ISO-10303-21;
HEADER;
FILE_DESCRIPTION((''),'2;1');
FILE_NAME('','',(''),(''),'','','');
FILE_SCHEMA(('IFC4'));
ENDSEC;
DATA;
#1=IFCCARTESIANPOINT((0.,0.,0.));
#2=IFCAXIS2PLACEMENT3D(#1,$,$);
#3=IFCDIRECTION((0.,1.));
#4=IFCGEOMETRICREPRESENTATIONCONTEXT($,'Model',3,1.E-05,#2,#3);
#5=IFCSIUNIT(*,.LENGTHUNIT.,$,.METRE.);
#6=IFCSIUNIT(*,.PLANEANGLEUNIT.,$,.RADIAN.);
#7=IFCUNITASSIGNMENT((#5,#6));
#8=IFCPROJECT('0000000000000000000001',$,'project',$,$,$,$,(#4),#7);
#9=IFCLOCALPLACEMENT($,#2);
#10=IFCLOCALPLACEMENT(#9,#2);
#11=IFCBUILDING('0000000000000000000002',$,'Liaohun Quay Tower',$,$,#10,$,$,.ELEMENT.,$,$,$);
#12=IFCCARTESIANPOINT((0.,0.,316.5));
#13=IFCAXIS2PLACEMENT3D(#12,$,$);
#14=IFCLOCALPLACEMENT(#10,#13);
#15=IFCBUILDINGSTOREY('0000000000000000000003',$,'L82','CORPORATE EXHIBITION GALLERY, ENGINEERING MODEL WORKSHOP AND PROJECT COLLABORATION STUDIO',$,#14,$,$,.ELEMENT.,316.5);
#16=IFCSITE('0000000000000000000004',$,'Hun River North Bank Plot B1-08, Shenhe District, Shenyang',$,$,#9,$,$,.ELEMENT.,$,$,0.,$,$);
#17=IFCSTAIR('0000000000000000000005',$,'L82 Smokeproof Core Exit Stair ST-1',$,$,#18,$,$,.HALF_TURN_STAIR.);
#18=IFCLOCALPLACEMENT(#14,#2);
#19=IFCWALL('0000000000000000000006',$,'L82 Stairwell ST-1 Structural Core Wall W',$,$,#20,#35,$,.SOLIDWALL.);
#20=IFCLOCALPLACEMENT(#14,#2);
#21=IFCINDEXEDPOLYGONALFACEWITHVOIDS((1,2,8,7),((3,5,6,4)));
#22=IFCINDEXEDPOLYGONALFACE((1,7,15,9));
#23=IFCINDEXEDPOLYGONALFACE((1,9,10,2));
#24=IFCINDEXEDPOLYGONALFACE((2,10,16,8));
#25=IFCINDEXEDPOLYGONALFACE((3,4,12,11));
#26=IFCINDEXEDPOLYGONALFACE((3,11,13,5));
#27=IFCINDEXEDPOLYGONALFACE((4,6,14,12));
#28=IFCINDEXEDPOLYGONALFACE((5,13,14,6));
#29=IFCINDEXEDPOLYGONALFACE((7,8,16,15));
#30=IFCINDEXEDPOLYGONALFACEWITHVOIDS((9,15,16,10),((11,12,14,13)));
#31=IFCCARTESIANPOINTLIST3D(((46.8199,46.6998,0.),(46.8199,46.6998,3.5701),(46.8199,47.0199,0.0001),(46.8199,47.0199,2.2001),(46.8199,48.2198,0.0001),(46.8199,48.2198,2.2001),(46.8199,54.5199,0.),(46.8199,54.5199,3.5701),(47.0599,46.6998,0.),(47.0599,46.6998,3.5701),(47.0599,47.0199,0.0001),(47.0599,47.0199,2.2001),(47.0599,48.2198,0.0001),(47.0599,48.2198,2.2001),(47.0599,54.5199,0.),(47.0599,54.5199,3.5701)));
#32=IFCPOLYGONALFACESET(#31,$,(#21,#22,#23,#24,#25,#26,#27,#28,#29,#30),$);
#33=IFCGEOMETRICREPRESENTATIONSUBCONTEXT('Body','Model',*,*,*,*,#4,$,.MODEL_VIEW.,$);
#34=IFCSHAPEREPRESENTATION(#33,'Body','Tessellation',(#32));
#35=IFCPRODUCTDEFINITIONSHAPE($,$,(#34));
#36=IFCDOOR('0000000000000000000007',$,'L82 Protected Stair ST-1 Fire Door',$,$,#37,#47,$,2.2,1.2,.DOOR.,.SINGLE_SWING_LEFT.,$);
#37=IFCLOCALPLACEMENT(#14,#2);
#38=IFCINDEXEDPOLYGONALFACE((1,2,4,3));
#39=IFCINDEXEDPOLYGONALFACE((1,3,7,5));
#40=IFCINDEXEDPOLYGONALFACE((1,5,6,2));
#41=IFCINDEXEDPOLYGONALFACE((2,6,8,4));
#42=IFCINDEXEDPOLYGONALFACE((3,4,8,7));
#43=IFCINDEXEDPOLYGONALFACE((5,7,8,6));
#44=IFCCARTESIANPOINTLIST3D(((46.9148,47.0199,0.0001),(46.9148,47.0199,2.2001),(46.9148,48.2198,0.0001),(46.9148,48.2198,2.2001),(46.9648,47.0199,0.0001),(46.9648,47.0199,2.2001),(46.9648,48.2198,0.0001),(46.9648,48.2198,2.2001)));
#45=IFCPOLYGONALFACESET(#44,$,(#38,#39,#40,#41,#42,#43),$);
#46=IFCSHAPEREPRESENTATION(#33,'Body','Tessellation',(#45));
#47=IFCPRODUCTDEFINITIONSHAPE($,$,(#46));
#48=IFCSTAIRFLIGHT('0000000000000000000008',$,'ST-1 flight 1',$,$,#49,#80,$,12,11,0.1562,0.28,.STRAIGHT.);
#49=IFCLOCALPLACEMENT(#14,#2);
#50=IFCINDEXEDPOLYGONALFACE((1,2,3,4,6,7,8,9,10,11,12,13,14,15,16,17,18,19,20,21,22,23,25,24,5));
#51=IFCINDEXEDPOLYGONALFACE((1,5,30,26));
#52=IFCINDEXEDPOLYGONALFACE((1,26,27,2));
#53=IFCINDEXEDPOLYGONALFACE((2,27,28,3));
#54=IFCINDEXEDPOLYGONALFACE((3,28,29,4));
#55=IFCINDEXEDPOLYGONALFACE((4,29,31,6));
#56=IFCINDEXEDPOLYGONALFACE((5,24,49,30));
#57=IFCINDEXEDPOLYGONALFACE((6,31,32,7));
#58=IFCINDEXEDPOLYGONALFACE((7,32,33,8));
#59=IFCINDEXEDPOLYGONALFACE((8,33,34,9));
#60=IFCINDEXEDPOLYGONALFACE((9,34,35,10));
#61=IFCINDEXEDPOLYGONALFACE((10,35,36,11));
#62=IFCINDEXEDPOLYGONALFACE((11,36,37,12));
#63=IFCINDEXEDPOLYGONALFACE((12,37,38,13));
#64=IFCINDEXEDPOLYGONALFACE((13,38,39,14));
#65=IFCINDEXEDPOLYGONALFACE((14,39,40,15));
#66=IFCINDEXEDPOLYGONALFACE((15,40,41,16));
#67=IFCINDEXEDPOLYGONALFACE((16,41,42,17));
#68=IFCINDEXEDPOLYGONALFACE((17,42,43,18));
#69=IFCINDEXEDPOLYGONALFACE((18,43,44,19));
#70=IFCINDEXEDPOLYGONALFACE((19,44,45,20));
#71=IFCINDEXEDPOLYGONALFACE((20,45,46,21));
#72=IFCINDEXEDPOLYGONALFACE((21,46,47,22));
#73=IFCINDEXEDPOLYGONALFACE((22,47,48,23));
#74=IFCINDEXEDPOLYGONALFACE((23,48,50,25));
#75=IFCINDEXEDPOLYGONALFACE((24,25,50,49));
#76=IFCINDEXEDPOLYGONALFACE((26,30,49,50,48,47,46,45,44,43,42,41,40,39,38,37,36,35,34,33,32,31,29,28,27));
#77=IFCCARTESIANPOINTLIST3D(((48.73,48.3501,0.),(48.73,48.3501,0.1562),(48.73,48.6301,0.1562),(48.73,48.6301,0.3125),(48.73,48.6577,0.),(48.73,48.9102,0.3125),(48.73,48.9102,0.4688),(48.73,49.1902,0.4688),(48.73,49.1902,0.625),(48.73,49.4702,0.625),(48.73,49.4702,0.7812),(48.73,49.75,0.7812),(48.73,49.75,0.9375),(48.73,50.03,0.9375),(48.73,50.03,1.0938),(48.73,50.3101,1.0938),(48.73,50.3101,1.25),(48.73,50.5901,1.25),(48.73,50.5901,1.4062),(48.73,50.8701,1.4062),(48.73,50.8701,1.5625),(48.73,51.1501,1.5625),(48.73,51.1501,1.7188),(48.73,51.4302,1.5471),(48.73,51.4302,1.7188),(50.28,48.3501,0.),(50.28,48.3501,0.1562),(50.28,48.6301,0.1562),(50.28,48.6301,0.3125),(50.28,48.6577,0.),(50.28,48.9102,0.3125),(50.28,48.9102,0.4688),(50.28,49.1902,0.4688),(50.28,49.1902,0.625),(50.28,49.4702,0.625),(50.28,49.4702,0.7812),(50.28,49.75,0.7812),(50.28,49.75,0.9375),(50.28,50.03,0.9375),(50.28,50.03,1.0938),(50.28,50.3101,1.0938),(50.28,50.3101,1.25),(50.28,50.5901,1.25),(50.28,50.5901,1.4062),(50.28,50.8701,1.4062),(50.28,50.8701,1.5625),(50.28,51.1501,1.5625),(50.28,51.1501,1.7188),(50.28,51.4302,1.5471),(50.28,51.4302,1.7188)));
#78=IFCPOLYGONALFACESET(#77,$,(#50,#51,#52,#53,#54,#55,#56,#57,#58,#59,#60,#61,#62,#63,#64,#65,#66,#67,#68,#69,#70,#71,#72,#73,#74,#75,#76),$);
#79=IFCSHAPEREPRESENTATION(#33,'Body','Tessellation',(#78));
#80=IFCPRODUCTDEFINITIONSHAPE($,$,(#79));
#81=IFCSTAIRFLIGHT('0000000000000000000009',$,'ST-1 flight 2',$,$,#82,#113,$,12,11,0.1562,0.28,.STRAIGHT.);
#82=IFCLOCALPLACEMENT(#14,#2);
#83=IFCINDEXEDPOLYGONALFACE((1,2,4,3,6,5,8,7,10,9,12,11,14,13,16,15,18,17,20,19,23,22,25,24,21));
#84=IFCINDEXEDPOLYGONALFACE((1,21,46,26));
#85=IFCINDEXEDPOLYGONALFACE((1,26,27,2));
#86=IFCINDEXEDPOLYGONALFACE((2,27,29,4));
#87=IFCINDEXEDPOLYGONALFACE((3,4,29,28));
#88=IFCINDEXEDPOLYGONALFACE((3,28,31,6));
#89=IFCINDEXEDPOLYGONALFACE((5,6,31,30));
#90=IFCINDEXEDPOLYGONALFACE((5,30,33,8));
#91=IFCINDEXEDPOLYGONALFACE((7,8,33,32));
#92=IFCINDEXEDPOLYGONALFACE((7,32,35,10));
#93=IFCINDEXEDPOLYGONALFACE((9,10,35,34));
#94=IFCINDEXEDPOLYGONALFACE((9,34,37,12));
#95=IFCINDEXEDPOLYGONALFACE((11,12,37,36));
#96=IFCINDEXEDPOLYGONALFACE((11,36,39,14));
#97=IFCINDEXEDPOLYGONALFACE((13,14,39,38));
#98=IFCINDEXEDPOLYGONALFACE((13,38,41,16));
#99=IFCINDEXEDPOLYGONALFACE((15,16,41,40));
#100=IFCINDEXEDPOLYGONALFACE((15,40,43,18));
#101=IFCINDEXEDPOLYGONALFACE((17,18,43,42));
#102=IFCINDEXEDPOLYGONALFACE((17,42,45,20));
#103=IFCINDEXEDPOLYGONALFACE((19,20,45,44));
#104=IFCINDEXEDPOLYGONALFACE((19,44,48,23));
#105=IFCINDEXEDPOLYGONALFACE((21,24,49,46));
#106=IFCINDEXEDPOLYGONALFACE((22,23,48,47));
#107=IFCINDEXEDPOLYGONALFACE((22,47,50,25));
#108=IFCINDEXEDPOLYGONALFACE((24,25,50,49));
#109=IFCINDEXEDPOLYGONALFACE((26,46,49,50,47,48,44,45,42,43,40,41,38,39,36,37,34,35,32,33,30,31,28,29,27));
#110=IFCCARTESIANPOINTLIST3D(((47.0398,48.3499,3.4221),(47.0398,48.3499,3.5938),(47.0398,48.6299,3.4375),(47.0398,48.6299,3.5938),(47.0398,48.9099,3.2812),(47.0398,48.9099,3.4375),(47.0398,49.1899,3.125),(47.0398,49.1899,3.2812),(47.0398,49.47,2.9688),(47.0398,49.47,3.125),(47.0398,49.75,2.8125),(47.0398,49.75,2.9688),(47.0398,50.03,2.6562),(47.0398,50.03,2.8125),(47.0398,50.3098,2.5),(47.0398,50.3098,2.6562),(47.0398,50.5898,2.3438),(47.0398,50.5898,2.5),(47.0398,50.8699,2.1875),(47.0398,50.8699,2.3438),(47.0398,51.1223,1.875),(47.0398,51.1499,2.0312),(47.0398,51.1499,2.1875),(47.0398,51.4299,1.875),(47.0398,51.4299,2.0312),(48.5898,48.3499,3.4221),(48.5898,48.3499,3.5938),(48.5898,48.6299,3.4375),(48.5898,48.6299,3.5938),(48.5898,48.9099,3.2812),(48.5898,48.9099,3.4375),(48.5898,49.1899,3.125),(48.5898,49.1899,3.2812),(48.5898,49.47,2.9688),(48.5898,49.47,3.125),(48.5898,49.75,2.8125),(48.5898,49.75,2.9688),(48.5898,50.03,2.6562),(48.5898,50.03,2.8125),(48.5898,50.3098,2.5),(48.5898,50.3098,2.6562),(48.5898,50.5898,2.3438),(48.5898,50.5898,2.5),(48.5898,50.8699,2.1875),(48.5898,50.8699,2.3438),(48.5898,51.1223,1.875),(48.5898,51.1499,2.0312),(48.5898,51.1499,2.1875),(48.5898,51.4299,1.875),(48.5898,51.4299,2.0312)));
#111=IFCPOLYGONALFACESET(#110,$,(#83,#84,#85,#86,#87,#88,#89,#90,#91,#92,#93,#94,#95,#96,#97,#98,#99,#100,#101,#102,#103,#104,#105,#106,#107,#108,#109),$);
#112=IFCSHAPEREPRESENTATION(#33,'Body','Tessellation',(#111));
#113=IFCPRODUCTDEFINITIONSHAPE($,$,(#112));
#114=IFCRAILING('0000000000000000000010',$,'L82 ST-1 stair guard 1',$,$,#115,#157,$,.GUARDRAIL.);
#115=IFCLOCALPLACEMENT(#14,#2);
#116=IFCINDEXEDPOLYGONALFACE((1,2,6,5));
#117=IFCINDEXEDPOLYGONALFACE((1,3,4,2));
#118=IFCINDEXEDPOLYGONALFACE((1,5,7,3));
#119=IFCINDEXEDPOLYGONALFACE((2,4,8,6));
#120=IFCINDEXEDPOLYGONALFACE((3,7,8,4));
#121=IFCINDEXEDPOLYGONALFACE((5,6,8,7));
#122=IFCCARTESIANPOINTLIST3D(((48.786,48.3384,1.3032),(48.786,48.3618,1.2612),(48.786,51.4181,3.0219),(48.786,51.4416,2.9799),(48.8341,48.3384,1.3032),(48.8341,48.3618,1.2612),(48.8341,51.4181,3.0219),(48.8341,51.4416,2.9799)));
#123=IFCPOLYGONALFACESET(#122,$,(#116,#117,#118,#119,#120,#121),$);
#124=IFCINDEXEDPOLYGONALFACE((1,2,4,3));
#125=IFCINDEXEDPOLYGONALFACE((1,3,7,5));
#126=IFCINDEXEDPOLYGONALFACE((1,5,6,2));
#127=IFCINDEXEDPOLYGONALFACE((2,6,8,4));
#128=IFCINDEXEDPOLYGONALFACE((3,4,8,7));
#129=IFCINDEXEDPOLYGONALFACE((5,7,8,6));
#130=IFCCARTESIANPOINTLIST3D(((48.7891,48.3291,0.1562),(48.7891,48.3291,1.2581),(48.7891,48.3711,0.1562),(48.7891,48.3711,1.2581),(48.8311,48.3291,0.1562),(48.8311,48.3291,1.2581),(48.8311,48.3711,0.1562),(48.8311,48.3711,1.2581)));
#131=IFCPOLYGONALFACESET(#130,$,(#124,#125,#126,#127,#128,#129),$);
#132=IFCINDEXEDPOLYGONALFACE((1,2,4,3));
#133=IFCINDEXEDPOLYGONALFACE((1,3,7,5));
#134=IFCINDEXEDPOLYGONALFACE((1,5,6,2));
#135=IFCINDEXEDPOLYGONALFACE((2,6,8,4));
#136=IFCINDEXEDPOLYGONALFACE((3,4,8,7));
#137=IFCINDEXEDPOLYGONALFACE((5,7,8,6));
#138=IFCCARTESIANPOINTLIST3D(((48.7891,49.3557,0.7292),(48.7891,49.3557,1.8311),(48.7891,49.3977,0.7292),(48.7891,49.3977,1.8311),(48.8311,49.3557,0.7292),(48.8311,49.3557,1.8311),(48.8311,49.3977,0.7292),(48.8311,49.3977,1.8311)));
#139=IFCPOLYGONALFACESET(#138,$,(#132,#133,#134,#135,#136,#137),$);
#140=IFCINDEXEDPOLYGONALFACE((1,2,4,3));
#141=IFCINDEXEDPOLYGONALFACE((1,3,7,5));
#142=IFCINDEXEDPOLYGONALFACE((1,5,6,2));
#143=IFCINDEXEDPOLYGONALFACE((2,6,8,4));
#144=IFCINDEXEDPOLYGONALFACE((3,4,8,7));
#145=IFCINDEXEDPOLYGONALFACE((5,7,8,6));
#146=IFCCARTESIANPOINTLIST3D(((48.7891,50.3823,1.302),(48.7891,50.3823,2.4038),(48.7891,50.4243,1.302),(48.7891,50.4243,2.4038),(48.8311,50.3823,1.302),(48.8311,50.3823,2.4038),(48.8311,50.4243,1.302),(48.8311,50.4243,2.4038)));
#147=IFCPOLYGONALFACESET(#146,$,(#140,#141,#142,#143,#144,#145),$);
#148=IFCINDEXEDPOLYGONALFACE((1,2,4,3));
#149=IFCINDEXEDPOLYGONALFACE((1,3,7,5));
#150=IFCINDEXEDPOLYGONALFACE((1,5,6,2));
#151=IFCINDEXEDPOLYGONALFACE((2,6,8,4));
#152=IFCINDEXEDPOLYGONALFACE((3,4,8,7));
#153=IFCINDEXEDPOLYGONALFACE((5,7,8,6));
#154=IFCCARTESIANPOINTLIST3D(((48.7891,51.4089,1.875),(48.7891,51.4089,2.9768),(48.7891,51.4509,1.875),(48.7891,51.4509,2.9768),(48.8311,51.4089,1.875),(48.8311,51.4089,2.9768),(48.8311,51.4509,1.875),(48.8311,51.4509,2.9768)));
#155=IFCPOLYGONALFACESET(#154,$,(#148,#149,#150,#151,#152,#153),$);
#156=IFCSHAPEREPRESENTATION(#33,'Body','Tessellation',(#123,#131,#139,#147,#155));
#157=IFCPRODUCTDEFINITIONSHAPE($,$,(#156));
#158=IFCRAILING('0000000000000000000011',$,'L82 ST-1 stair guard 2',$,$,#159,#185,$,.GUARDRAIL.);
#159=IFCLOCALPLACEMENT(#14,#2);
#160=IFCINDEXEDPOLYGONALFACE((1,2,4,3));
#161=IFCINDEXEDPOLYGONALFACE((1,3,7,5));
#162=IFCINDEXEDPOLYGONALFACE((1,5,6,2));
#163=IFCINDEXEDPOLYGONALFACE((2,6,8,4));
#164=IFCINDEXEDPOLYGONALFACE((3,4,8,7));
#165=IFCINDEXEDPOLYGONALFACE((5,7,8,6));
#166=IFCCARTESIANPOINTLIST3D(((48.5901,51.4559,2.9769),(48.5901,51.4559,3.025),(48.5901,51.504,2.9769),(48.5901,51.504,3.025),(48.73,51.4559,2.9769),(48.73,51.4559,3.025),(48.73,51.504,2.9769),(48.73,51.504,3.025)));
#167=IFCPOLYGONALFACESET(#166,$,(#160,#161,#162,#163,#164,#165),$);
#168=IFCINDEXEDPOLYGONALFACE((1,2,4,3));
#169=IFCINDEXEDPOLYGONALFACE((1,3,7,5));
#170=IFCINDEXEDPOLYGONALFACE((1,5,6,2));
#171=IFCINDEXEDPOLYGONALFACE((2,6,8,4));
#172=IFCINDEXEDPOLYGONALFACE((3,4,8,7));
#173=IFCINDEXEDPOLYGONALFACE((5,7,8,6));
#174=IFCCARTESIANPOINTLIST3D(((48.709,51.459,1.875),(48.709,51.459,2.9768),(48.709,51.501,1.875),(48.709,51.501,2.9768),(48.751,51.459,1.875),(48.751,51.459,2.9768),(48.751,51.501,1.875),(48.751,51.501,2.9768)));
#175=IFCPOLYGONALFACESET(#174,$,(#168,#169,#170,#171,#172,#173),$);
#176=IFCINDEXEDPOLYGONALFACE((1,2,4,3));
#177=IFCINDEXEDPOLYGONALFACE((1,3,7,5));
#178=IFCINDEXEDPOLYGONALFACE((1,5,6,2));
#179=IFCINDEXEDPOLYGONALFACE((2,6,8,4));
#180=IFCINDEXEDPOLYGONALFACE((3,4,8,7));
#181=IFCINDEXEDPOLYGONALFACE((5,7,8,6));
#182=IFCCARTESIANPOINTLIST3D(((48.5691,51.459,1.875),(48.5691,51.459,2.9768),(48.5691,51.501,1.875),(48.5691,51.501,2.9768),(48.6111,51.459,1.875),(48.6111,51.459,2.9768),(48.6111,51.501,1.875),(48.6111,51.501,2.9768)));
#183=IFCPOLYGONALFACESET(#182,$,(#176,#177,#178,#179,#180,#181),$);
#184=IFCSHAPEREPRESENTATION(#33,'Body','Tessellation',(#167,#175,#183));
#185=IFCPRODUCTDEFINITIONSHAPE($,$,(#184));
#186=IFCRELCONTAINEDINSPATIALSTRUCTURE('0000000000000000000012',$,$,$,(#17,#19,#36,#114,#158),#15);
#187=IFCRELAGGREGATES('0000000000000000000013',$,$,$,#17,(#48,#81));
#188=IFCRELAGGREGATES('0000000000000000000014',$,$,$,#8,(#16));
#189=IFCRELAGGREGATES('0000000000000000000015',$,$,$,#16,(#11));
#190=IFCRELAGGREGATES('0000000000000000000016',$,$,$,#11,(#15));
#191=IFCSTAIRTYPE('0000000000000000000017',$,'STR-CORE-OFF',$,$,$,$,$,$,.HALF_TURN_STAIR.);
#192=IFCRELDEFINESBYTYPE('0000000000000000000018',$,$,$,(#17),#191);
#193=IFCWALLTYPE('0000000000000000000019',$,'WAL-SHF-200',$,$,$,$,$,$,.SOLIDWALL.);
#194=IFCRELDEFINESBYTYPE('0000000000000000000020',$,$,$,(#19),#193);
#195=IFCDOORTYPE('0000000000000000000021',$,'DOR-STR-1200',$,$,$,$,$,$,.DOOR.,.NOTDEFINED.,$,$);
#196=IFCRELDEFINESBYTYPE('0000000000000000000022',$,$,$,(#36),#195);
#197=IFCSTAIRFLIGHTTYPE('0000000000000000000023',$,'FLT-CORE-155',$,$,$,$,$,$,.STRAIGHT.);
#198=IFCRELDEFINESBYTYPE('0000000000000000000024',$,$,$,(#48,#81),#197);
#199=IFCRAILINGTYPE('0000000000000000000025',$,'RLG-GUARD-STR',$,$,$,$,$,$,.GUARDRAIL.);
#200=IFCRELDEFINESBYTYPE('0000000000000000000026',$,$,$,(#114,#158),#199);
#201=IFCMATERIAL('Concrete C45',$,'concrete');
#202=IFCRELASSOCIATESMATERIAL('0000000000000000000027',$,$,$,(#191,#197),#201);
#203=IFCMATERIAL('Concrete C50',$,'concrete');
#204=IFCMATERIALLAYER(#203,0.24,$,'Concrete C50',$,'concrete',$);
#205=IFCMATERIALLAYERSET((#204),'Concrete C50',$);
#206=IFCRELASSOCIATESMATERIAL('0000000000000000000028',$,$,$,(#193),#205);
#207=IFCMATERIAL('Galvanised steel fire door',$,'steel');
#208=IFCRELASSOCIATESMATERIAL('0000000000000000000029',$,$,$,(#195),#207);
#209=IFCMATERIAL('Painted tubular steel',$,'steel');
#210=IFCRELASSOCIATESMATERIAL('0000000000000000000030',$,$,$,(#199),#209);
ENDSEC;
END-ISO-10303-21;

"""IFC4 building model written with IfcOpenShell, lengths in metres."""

from ifc_helpers import new_model, si_unit, direction, frame, frame_2d, origin, origin_2d, place, context, subcontext, project, spatial, polyline, rectangle, outline, extrude, source, transform, mapped, material, layer, layer_set, type_object, element, fill, aggregate, save


model = new_model("IFC4")

# Units and contexts
model_context = context("Model", 3, precision=1e-05, world=origin(), true_north=direction((0.0, 1.0)))
body_context = subcontext(model_context, "Body", "Model", "MODEL_VIEW")
ifc_project = project(units=[si_unit("LENGTHUNIT", "METRE"), si_unit("PLANEANGLEUNIT", "RADIAN")], contexts=[model_context])

# Site, building, storey
site_placement = place(None, origin())
site = spatial("IfcSite", under=ifc_project, at=site_placement, Name="Hun River North Bank Plot B1-08, Shenhe District, Shenyang", CompositionType="ELEMENT", RefElevation=0.0)
building_placement = place(site_placement, origin())
building = spatial("IfcBuilding", under=site, at=building_placement, Name="Liaohun Quay Tower", CompositionType="ELEMENT")
storey_placement = place(building_placement, frame((0.0, 0.0, 316.5)))
storey = spatial("IfcBuildingStorey", under=building, at=storey_placement, Name="L82", Description="CORPORATE EXHIBITION GALLERY, ENGINEERING MODEL WORKSHOP AND PROJECT COLLABORATION STUDIO", CompositionType="ELEMENT", Elevation=316.5)

# Shared definitions
ifc_material_1 = material(Name="Concrete C50", Category="concrete")

# Stair
ifc_material_2 = material(Name="Concrete C45", Category="concrete")
stair_type = type_object("IfcStairType", Name="STR-CORE-OFF", PredefinedType="HALF_TURN_STAIR", material=ifc_material_2)
stair_1_placement = place(storey_placement, origin())
stair_1 = element("IfcStair", 1, at=stair_1_placement, inside=storey, type_object=stair_type, Name="L82 Smokeproof Core Exit Stair ST-1", PredefinedType="HALF_TURN_STAIR")

# Shared definitions
ifc_layer_1 = layer(ifc_material_1, 0.24, Name="Concrete C50", Category="concrete")
ifc_layer_set_1 = layer_set([ifc_layer_1], Name="Concrete C50")
wall_type_1 = type_object("IfcWallType", Name="WAL-SHF-200", PredefinedType="SOLIDWALL", material=ifc_layer_set_1)

# Wall, opening, door
wall_1_placement = place(storey_placement, frame((46.9399, 54.52, 0.0), z_axis=(0.0, 0.0, 1.0), x_axis=(0.0, -1.0, 0.0)))
wall_1 = element("IfcWall", 2, at=wall_1_placement, inside=storey, type_object=wall_type_1, Name="L82 Stairwell ST-1 Structural Core Wall W", PredefinedType="SOLIDWALL", context=body_context, shape_type="SweptSolid", body=[
    extrude(rectangle(XDim=7.8201, YDim=0.24, at=frame_2d((3.9102, 0.0))), origin(), (0.0, 0.0, 1.0), 3.5701),
])
shared_shape_1 = source(origin(), body_context, "Body", "SweptSolid", [
    extrude(rectangle(XDim=1.2, YDim=2.2, at=frame_2d((0.6001, 1.1001))), frame((0.0, 0.1299, 0.0), z_axis=(0.0, -1.0, 0.0), x_axis=(1.0, 0.0, 0.0)), (0.0, 0.0, 1.0), 0.26),
])
opening_1_placement = place(wall_1_placement, frame((6.3, 0.0, 0.0)))
opening_1 = element("IfcOpeningElement", 3, at=opening_1_placement, cuts=wall_1, PredefinedType="OPENING", context=body_context, shape_type="MappedRepresentation", body=[
    mapped(shared_shape_1, transform((0.0, 0.0, 0.0), x_axis=(1.0, 0.0, 0.0), y_axis=(0.0, 1.0, 0.0), z_axis=(0.0, 0.0, 1.0), scale=1.0)),
])
ifc_material_3 = material(Name="Galvanised steel fire door", Category="steel")
door_type_1 = type_object("IfcDoorType", Name="DOR-STR-1200", OperationType="NOTDEFINED", PredefinedType="DOOR", material=ifc_material_3)
shared_shape_2 = source(origin(), body_context, "Body", "SweptSolid", [
    extrude(rectangle(XDim=1.2, YDim=2.2, at=frame_2d((0.6001, 1.1001))), frame((0.0, 0.0249, 0.0), z_axis=(0.0, -1.0, 0.0), x_axis=(1.0, 0.0, 0.0)), (0.0, 0.0, 1.0), 0.05),
])
door_1_placement = place(opening_1_placement, origin())
door_1 = element("IfcDoor", 4, at=door_1_placement, inside=storey, type_object=door_type_1, Name="L82 Protected Stair ST-1 Fire Door", OperationType="SINGLE_SWING_LEFT", OverallHeight=2.2, OverallWidth=1.2, PredefinedType="DOOR", context=body_context, shape_type="MappedRepresentation", body=[
    mapped(shared_shape_2, transform((0.0, 0.0, 0.0), x_axis=(1.0, 0.0, 0.0), y_axis=(0.0, 1.0, 0.0), z_axis=(0.0, 0.0, 1.0), scale=1.0)),
])
fill(opening_1, door_1)

# Stair flights
stair_flight_type = type_object("IfcStairFlightType", Name="FLT-CORE-155", PredefinedType="STRAIGHT", material=ifc_material_2)
stair_flight_1_placement = place(storey_placement, frame((49.5049, 48.3501, 0.0), z_axis=(0.0, 0.0, 1.0), x_axis=(0.0, 1.0, 0.0)))
stair_flight_1 = element("IfcStairFlight", 5, at=stair_flight_1_placement, type_object=stair_flight_type, Name="ST-1 flight 1", NumberOfRisers=12, NumberOfTreads=11, PredefinedType="STRAIGHT", RiserHeight=0.1562, TreadLength=0.28, context=body_context, shape_type="SweptSolid", body=[
    extrude(outline(polyline([(0.0, 0.0), (0.0, 0.1562), (0.28, 0.1562), (0.28, 0.3125), (0.5601, 0.3125), (0.5601, 0.4688), (0.8401, 0.4688), (0.8401, 0.625), (1.1201, 0.625), (1.1201, 0.7812), (1.3999, 0.7812), (1.3999, 0.9375), (1.6799, 0.9375), (1.6799, 1.0938), (1.96, 1.0938), (1.96, 1.25), (2.24, 1.25), (2.24, 1.4062), (2.52, 1.4062), (2.52, 1.5625), (2.8, 1.5625), (2.8, 1.7188), (3.0801, 1.7188), (3.0801, 1.875), (3.0801, 1.5471), (0.3076, 0.0), (0.0, 0.0)])), frame((0.0, 0.7749, 0.0), z_axis=(0.0, -1.0, 0.0), x_axis=(1.0, 0.0, 0.0)), (0.0, 0.0, 1.0), 1.55),
])
stair_flight_2_placement = place(storey_placement, frame((47.8149, 51.4299, 1.875), z_axis=(0.0, 0.0, 1.0), x_axis=(0.0, -1.0, 0.0)))
stair_flight_2 = element("IfcStairFlight", 6, at=stair_flight_2_placement, type_object=stair_flight_type, Name="ST-1 flight 2", NumberOfRisers=12, NumberOfTreads=11, PredefinedType="STRAIGHT", RiserHeight=0.1562, TreadLength=0.28, context=body_context, shape_type="SweptSolid", body=[
    extrude(outline(polyline([(0.0, 0.0), (0.0, 0.1562), (0.28, 0.1562), (0.28, 0.3125), (0.5601, 0.3125), (0.5601, 0.4688), (0.8401, 0.4688), (0.8401, 0.625), (1.1201, 0.625), (1.1201, 0.7812), (1.3999, 0.7812), (1.3999, 0.9375), (1.6799, 0.9375), (1.6799, 1.0938), (1.96, 1.0938), (1.96, 1.25), (2.24, 1.25), (2.24, 1.4062), (2.52, 1.4062), (2.52, 1.5625), (2.8, 1.5625), (2.8, 1.7188), (3.0801, 1.7188), (3.0801, 1.875), (3.0801, 1.5471), (0.3076, 0.0), (0.0, 0.0)])), frame((0.0, 0.7749, 0.0), z_axis=(0.0, -1.0, 0.0), x_axis=(1.0, 0.0, 0.0)), (0.0, 0.0, 1.0), 1.55),
])
aggregate(stair_1, [stair_flight_1, stair_flight_2])

# Railings
ifc_material_4 = material(Name="Painted tubular steel", Category="steel")
railing_type_1 = type_object("IfcRailingType", Name="RLG-GUARD-STR", PredefinedType="GUARDRAIL", material=ifc_material_4)
railing_1_placement = place(storey_placement, frame((48.8101, 48.3501, 0.1562)))
element("IfcRailing", 7, at=railing_1_placement, inside=storey, type_object=railing_type_1, Name="L82 ST-1 stair guard 1", PredefinedType="GUARDRAIL", context=body_context, shape_type="SweptSolid", body=[
    extrude(rectangle(XDim=0.0481, YDim=0.0481, at=origin_2d()), frame((0.0, 0.0, 1.126), z_axis=(0.0, 0.873225, 0.487317), x_axis=(-1.0, 0.0, 0.0)), (0.0, 0.0, 1.0), 3.5269),
    extrude(rectangle(XDim=0.042, YDim=0.042, at=origin_2d()), origin(), (0.0, 0.0, 1.0), 1.1018),
    extrude(rectangle(XDim=0.042, YDim=0.042, at=origin_2d()), frame((0.0, 1.0266, 0.573)), (0.0, 0.0, 1.0), 1.1018),
    extrude(rectangle(XDim=0.042, YDim=0.042, at=origin_2d()), frame((0.0, 2.0532, 1.1458)), (0.0, 0.0, 1.0), 1.1018),
    extrude(rectangle(XDim=0.042, YDim=0.042, at=origin_2d()), frame((0.0, 3.0798, 1.7188)), (0.0, 0.0, 1.0), 1.1018),
])
railing_2_placement = place(storey_placement, frame((48.73, 51.48, 1.875)))
element("IfcRailing", 8, at=railing_2_placement, inside=storey, type_object=railing_type_1, Name="L82 ST-1 stair guard 2", PredefinedType="GUARDRAIL", context=body_context, shape_type="SweptSolid", body=[
    extrude(rectangle(XDim=0.0481, YDim=0.0481, at=origin_2d()), frame((0.0, 0.0, 1.126), z_axis=(-1.0, 0.0, 0.0), x_axis=(0.0, -1.0, 0.0)), (0.0, 0.0, 1.0), 0.1399),
    extrude(rectangle(XDim=0.042, YDim=0.042, at=origin_2d()), origin(), (0.0, 0.0, 1.0), 1.1018),
    extrude(rectangle(XDim=0.042, YDim=0.042, at=origin_2d()), frame((-0.1399, 0.0, 0.0)), (0.0, 0.0, 1.0), 1.1018),
])

save(model, "model.ifc")
